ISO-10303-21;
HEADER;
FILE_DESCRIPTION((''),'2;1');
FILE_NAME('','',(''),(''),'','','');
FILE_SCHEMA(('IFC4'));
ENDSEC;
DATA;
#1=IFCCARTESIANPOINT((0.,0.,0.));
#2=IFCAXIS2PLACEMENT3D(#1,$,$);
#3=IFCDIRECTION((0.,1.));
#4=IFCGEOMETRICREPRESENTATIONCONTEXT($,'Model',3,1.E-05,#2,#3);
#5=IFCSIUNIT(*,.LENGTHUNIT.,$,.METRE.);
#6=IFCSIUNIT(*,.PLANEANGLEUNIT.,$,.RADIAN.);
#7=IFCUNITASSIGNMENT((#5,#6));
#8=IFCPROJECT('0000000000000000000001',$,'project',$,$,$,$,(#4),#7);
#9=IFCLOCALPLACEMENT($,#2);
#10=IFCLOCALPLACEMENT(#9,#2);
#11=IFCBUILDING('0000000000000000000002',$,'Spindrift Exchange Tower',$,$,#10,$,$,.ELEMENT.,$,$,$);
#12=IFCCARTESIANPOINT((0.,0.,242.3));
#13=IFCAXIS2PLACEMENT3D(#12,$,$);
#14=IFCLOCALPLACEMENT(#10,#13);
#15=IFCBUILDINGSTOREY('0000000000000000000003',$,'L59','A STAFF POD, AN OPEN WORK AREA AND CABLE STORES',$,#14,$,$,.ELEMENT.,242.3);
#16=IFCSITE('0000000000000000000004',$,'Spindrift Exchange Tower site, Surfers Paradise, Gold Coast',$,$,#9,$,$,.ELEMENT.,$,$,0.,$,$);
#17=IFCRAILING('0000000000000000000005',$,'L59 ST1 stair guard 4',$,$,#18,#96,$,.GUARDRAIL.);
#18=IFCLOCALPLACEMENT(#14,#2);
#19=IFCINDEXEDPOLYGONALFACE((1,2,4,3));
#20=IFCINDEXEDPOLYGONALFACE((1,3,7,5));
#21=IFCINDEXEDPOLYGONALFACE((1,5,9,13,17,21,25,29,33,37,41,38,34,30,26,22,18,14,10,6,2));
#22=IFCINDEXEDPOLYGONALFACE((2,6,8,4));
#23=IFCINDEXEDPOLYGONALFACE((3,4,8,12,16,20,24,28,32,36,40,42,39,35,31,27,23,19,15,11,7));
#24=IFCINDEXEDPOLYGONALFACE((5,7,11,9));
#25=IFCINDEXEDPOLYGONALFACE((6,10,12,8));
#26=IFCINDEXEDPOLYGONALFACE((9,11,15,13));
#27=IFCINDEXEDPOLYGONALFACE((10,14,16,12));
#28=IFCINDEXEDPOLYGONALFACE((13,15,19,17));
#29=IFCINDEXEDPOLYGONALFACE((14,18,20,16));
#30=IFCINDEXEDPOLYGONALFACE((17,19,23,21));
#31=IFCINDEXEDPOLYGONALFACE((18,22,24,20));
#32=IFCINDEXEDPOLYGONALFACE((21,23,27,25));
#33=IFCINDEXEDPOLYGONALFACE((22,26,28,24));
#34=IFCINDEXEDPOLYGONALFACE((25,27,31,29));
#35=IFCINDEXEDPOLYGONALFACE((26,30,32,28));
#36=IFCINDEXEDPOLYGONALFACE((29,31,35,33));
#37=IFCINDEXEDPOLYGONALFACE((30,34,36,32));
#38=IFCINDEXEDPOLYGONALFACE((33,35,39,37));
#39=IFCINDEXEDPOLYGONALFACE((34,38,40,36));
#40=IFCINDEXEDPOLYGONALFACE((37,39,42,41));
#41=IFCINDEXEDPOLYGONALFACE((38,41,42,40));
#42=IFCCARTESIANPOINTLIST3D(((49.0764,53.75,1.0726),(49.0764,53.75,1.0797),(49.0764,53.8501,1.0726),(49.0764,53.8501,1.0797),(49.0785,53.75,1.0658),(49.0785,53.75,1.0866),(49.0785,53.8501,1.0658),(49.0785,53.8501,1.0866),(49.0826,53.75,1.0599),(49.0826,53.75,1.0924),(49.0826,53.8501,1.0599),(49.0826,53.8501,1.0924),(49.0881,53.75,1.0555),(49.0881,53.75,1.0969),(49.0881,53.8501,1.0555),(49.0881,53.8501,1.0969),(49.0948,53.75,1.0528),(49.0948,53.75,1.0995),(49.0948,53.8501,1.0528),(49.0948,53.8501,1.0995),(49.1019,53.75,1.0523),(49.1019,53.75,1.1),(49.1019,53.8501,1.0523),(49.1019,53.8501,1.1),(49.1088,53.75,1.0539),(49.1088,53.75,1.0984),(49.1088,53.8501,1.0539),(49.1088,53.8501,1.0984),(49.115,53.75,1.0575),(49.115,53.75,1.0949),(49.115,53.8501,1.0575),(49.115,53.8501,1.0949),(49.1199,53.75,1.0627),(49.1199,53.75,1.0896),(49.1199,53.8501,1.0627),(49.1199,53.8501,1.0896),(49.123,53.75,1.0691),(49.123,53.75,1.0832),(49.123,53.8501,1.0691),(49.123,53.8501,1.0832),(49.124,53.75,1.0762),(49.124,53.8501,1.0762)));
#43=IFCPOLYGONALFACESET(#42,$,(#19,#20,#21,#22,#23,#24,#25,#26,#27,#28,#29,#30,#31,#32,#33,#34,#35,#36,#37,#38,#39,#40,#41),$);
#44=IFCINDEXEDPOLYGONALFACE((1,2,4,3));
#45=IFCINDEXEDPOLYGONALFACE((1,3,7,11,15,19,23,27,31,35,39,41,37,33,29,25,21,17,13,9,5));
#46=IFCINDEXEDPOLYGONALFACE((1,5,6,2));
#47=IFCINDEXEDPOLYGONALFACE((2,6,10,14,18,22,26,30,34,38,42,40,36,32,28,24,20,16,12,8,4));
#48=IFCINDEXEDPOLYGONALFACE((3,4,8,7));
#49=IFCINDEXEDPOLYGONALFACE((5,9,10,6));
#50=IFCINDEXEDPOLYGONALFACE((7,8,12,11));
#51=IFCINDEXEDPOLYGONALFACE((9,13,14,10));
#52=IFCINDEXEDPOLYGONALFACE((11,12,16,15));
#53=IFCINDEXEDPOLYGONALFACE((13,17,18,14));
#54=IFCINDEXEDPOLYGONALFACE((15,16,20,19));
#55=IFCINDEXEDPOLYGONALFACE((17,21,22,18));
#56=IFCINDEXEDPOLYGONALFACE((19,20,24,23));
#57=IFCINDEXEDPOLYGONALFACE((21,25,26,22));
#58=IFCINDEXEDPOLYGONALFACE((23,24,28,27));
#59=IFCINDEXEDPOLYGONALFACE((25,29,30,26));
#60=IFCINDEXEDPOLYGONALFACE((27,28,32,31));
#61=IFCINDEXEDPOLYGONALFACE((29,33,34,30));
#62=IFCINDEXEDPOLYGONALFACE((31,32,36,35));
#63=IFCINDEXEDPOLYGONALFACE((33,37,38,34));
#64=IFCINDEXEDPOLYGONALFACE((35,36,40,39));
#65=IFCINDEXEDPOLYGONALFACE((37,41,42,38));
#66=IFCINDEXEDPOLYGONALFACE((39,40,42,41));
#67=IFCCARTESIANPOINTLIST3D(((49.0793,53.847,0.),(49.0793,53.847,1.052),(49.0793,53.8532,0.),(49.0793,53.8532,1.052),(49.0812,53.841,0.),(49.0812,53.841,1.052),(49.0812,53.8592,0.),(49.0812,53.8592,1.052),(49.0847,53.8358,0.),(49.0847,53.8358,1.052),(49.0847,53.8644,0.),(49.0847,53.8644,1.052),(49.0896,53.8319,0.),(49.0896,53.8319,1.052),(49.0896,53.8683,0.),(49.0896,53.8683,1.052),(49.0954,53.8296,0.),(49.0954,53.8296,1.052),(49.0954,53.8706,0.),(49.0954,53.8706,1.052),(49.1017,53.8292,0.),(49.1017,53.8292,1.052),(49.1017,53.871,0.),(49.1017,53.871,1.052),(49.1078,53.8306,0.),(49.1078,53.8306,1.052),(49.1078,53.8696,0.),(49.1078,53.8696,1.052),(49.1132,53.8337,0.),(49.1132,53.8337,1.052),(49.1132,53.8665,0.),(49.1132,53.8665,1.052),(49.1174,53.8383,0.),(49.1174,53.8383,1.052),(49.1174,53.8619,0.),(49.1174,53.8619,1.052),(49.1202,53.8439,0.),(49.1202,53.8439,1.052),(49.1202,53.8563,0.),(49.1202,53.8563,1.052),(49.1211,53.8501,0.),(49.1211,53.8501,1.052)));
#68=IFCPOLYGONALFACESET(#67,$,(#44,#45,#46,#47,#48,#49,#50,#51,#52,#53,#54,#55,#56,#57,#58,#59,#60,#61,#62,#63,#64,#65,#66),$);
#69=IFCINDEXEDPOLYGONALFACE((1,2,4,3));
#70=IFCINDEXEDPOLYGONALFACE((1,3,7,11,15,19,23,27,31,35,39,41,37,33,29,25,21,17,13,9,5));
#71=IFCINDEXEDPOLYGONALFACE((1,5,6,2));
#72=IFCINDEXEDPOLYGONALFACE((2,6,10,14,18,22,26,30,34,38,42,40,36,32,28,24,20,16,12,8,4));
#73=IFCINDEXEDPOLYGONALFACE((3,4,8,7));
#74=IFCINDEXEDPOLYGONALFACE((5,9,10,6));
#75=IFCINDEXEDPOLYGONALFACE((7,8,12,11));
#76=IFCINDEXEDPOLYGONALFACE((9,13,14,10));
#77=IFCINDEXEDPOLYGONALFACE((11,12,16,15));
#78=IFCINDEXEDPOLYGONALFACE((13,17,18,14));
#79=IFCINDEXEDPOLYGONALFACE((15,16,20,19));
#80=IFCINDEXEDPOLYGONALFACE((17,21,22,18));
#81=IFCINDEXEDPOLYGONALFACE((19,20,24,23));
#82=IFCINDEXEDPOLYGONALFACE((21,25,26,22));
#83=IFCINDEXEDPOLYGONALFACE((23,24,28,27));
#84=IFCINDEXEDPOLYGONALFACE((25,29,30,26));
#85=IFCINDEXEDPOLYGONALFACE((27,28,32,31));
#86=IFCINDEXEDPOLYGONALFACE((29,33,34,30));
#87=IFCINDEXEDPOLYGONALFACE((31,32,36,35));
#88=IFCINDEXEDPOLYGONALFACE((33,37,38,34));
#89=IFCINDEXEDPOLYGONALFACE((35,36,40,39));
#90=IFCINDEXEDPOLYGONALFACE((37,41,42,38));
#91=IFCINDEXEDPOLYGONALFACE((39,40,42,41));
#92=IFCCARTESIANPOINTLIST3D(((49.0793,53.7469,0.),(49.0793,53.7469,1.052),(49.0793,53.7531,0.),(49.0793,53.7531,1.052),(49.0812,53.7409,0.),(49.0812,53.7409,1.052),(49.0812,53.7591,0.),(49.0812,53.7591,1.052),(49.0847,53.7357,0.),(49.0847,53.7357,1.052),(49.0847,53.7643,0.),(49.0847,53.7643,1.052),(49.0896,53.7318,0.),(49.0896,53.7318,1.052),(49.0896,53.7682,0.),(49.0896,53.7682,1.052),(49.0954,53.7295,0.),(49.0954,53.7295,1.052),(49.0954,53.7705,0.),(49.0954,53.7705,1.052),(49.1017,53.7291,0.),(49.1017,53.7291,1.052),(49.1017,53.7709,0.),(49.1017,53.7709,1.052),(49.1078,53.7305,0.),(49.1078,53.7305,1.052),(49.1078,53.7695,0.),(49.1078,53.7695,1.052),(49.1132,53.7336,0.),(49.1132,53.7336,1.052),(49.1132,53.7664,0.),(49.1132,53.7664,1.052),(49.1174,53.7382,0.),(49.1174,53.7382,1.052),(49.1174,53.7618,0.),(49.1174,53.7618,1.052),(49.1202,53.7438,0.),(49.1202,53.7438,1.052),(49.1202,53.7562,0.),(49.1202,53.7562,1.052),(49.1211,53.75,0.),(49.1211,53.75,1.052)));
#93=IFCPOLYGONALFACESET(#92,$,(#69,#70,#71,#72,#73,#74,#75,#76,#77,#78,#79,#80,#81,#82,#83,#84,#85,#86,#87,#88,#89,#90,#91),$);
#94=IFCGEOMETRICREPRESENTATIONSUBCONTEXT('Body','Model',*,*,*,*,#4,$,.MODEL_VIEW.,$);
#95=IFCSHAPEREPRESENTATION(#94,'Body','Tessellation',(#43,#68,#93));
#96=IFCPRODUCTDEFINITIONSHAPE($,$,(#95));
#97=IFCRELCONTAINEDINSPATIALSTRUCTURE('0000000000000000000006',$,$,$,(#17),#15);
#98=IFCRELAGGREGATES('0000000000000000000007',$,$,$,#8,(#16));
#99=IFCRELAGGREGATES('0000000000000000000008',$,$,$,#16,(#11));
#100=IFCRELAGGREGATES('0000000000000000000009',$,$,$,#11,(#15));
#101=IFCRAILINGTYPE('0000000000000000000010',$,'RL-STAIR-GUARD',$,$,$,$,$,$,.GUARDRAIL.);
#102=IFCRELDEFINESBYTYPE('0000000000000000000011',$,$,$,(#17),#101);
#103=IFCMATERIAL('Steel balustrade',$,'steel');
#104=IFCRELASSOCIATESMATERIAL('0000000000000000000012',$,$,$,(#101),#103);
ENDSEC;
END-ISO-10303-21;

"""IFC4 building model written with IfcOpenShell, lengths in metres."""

from ifc_helpers import new_model, si_unit, direction, frame, origin, origin_2d, place, context, subcontext, project, spatial, circle, extrude, material, type_object, element, save


model = new_model("IFC4")

# Units and contexts
model_context = context("Model", 3, precision=1e-05, world=origin(), true_north=direction((0.0, 1.0)))
body_context = subcontext(model_context, "Body", "Model", "MODEL_VIEW")
ifc_project = project(units=[si_unit("LENGTHUNIT", "METRE"), si_unit("PLANEANGLEUNIT", "RADIAN")], contexts=[model_context])

# Site, building, storey
site_placement = place(None, origin())
site = spatial("IfcSite", under=ifc_project, at=site_placement, Name="Spindrift Exchange Tower site, Surfers Paradise, Gold Coast", CompositionType="ELEMENT", RefElevation=0.0)
building_placement = place(site_placement, origin())
building = spatial("IfcBuilding", under=site, at=building_placement, Name="Spindrift Exchange Tower", CompositionType="ELEMENT")
storey_placement = place(building_placement, frame((0.0, 0.0, 242.3)))
storey = spatial("IfcBuildingStorey", under=building, at=storey_placement, Name="L59", Description="A STAFF POD, AN OPEN WORK AREA AND CABLE STORES", CompositionType="ELEMENT", Elevation=242.3)

# Railing
ifc_material_1 = material(Name="Steel balustrade", Category="steel")
railing_type_1 = type_object("IfcRailingType", Name="RL-STAIR-GUARD", PredefinedType="GUARDRAIL", material=ifc_material_1)
railing_1_placement = place(storey_placement, frame((49.1001, 53.8501, 0.0)))
element("IfcRailing", 1, at=railing_1_placement, inside=storey, type_object=railing_type_1, Name="L59 ST1 stair guard 4", PredefinedType="GUARDRAIL", context=body_context, shape_type="SweptSolid", body=[
    extrude(circle(Radius=0.0239, at=origin_2d()), frame((0.0, 0.0, 1.0762), z_axis=(0.0, -1.0, 0.0), x_axis=(1.0, 0.0, 0.0)), (0.0, 0.0, 1.0), 0.1001),
    extrude(circle(Radius=0.021, at=origin_2d()), origin(), (0.0, 0.0, 1.0), 1.052),
    extrude(circle(Radius=0.021, at=origin_2d()), frame((0.0, -0.1001, 0.0)), (0.0, 0.0, 1.0), 1.052),
])

save(model, "model.ifc")
